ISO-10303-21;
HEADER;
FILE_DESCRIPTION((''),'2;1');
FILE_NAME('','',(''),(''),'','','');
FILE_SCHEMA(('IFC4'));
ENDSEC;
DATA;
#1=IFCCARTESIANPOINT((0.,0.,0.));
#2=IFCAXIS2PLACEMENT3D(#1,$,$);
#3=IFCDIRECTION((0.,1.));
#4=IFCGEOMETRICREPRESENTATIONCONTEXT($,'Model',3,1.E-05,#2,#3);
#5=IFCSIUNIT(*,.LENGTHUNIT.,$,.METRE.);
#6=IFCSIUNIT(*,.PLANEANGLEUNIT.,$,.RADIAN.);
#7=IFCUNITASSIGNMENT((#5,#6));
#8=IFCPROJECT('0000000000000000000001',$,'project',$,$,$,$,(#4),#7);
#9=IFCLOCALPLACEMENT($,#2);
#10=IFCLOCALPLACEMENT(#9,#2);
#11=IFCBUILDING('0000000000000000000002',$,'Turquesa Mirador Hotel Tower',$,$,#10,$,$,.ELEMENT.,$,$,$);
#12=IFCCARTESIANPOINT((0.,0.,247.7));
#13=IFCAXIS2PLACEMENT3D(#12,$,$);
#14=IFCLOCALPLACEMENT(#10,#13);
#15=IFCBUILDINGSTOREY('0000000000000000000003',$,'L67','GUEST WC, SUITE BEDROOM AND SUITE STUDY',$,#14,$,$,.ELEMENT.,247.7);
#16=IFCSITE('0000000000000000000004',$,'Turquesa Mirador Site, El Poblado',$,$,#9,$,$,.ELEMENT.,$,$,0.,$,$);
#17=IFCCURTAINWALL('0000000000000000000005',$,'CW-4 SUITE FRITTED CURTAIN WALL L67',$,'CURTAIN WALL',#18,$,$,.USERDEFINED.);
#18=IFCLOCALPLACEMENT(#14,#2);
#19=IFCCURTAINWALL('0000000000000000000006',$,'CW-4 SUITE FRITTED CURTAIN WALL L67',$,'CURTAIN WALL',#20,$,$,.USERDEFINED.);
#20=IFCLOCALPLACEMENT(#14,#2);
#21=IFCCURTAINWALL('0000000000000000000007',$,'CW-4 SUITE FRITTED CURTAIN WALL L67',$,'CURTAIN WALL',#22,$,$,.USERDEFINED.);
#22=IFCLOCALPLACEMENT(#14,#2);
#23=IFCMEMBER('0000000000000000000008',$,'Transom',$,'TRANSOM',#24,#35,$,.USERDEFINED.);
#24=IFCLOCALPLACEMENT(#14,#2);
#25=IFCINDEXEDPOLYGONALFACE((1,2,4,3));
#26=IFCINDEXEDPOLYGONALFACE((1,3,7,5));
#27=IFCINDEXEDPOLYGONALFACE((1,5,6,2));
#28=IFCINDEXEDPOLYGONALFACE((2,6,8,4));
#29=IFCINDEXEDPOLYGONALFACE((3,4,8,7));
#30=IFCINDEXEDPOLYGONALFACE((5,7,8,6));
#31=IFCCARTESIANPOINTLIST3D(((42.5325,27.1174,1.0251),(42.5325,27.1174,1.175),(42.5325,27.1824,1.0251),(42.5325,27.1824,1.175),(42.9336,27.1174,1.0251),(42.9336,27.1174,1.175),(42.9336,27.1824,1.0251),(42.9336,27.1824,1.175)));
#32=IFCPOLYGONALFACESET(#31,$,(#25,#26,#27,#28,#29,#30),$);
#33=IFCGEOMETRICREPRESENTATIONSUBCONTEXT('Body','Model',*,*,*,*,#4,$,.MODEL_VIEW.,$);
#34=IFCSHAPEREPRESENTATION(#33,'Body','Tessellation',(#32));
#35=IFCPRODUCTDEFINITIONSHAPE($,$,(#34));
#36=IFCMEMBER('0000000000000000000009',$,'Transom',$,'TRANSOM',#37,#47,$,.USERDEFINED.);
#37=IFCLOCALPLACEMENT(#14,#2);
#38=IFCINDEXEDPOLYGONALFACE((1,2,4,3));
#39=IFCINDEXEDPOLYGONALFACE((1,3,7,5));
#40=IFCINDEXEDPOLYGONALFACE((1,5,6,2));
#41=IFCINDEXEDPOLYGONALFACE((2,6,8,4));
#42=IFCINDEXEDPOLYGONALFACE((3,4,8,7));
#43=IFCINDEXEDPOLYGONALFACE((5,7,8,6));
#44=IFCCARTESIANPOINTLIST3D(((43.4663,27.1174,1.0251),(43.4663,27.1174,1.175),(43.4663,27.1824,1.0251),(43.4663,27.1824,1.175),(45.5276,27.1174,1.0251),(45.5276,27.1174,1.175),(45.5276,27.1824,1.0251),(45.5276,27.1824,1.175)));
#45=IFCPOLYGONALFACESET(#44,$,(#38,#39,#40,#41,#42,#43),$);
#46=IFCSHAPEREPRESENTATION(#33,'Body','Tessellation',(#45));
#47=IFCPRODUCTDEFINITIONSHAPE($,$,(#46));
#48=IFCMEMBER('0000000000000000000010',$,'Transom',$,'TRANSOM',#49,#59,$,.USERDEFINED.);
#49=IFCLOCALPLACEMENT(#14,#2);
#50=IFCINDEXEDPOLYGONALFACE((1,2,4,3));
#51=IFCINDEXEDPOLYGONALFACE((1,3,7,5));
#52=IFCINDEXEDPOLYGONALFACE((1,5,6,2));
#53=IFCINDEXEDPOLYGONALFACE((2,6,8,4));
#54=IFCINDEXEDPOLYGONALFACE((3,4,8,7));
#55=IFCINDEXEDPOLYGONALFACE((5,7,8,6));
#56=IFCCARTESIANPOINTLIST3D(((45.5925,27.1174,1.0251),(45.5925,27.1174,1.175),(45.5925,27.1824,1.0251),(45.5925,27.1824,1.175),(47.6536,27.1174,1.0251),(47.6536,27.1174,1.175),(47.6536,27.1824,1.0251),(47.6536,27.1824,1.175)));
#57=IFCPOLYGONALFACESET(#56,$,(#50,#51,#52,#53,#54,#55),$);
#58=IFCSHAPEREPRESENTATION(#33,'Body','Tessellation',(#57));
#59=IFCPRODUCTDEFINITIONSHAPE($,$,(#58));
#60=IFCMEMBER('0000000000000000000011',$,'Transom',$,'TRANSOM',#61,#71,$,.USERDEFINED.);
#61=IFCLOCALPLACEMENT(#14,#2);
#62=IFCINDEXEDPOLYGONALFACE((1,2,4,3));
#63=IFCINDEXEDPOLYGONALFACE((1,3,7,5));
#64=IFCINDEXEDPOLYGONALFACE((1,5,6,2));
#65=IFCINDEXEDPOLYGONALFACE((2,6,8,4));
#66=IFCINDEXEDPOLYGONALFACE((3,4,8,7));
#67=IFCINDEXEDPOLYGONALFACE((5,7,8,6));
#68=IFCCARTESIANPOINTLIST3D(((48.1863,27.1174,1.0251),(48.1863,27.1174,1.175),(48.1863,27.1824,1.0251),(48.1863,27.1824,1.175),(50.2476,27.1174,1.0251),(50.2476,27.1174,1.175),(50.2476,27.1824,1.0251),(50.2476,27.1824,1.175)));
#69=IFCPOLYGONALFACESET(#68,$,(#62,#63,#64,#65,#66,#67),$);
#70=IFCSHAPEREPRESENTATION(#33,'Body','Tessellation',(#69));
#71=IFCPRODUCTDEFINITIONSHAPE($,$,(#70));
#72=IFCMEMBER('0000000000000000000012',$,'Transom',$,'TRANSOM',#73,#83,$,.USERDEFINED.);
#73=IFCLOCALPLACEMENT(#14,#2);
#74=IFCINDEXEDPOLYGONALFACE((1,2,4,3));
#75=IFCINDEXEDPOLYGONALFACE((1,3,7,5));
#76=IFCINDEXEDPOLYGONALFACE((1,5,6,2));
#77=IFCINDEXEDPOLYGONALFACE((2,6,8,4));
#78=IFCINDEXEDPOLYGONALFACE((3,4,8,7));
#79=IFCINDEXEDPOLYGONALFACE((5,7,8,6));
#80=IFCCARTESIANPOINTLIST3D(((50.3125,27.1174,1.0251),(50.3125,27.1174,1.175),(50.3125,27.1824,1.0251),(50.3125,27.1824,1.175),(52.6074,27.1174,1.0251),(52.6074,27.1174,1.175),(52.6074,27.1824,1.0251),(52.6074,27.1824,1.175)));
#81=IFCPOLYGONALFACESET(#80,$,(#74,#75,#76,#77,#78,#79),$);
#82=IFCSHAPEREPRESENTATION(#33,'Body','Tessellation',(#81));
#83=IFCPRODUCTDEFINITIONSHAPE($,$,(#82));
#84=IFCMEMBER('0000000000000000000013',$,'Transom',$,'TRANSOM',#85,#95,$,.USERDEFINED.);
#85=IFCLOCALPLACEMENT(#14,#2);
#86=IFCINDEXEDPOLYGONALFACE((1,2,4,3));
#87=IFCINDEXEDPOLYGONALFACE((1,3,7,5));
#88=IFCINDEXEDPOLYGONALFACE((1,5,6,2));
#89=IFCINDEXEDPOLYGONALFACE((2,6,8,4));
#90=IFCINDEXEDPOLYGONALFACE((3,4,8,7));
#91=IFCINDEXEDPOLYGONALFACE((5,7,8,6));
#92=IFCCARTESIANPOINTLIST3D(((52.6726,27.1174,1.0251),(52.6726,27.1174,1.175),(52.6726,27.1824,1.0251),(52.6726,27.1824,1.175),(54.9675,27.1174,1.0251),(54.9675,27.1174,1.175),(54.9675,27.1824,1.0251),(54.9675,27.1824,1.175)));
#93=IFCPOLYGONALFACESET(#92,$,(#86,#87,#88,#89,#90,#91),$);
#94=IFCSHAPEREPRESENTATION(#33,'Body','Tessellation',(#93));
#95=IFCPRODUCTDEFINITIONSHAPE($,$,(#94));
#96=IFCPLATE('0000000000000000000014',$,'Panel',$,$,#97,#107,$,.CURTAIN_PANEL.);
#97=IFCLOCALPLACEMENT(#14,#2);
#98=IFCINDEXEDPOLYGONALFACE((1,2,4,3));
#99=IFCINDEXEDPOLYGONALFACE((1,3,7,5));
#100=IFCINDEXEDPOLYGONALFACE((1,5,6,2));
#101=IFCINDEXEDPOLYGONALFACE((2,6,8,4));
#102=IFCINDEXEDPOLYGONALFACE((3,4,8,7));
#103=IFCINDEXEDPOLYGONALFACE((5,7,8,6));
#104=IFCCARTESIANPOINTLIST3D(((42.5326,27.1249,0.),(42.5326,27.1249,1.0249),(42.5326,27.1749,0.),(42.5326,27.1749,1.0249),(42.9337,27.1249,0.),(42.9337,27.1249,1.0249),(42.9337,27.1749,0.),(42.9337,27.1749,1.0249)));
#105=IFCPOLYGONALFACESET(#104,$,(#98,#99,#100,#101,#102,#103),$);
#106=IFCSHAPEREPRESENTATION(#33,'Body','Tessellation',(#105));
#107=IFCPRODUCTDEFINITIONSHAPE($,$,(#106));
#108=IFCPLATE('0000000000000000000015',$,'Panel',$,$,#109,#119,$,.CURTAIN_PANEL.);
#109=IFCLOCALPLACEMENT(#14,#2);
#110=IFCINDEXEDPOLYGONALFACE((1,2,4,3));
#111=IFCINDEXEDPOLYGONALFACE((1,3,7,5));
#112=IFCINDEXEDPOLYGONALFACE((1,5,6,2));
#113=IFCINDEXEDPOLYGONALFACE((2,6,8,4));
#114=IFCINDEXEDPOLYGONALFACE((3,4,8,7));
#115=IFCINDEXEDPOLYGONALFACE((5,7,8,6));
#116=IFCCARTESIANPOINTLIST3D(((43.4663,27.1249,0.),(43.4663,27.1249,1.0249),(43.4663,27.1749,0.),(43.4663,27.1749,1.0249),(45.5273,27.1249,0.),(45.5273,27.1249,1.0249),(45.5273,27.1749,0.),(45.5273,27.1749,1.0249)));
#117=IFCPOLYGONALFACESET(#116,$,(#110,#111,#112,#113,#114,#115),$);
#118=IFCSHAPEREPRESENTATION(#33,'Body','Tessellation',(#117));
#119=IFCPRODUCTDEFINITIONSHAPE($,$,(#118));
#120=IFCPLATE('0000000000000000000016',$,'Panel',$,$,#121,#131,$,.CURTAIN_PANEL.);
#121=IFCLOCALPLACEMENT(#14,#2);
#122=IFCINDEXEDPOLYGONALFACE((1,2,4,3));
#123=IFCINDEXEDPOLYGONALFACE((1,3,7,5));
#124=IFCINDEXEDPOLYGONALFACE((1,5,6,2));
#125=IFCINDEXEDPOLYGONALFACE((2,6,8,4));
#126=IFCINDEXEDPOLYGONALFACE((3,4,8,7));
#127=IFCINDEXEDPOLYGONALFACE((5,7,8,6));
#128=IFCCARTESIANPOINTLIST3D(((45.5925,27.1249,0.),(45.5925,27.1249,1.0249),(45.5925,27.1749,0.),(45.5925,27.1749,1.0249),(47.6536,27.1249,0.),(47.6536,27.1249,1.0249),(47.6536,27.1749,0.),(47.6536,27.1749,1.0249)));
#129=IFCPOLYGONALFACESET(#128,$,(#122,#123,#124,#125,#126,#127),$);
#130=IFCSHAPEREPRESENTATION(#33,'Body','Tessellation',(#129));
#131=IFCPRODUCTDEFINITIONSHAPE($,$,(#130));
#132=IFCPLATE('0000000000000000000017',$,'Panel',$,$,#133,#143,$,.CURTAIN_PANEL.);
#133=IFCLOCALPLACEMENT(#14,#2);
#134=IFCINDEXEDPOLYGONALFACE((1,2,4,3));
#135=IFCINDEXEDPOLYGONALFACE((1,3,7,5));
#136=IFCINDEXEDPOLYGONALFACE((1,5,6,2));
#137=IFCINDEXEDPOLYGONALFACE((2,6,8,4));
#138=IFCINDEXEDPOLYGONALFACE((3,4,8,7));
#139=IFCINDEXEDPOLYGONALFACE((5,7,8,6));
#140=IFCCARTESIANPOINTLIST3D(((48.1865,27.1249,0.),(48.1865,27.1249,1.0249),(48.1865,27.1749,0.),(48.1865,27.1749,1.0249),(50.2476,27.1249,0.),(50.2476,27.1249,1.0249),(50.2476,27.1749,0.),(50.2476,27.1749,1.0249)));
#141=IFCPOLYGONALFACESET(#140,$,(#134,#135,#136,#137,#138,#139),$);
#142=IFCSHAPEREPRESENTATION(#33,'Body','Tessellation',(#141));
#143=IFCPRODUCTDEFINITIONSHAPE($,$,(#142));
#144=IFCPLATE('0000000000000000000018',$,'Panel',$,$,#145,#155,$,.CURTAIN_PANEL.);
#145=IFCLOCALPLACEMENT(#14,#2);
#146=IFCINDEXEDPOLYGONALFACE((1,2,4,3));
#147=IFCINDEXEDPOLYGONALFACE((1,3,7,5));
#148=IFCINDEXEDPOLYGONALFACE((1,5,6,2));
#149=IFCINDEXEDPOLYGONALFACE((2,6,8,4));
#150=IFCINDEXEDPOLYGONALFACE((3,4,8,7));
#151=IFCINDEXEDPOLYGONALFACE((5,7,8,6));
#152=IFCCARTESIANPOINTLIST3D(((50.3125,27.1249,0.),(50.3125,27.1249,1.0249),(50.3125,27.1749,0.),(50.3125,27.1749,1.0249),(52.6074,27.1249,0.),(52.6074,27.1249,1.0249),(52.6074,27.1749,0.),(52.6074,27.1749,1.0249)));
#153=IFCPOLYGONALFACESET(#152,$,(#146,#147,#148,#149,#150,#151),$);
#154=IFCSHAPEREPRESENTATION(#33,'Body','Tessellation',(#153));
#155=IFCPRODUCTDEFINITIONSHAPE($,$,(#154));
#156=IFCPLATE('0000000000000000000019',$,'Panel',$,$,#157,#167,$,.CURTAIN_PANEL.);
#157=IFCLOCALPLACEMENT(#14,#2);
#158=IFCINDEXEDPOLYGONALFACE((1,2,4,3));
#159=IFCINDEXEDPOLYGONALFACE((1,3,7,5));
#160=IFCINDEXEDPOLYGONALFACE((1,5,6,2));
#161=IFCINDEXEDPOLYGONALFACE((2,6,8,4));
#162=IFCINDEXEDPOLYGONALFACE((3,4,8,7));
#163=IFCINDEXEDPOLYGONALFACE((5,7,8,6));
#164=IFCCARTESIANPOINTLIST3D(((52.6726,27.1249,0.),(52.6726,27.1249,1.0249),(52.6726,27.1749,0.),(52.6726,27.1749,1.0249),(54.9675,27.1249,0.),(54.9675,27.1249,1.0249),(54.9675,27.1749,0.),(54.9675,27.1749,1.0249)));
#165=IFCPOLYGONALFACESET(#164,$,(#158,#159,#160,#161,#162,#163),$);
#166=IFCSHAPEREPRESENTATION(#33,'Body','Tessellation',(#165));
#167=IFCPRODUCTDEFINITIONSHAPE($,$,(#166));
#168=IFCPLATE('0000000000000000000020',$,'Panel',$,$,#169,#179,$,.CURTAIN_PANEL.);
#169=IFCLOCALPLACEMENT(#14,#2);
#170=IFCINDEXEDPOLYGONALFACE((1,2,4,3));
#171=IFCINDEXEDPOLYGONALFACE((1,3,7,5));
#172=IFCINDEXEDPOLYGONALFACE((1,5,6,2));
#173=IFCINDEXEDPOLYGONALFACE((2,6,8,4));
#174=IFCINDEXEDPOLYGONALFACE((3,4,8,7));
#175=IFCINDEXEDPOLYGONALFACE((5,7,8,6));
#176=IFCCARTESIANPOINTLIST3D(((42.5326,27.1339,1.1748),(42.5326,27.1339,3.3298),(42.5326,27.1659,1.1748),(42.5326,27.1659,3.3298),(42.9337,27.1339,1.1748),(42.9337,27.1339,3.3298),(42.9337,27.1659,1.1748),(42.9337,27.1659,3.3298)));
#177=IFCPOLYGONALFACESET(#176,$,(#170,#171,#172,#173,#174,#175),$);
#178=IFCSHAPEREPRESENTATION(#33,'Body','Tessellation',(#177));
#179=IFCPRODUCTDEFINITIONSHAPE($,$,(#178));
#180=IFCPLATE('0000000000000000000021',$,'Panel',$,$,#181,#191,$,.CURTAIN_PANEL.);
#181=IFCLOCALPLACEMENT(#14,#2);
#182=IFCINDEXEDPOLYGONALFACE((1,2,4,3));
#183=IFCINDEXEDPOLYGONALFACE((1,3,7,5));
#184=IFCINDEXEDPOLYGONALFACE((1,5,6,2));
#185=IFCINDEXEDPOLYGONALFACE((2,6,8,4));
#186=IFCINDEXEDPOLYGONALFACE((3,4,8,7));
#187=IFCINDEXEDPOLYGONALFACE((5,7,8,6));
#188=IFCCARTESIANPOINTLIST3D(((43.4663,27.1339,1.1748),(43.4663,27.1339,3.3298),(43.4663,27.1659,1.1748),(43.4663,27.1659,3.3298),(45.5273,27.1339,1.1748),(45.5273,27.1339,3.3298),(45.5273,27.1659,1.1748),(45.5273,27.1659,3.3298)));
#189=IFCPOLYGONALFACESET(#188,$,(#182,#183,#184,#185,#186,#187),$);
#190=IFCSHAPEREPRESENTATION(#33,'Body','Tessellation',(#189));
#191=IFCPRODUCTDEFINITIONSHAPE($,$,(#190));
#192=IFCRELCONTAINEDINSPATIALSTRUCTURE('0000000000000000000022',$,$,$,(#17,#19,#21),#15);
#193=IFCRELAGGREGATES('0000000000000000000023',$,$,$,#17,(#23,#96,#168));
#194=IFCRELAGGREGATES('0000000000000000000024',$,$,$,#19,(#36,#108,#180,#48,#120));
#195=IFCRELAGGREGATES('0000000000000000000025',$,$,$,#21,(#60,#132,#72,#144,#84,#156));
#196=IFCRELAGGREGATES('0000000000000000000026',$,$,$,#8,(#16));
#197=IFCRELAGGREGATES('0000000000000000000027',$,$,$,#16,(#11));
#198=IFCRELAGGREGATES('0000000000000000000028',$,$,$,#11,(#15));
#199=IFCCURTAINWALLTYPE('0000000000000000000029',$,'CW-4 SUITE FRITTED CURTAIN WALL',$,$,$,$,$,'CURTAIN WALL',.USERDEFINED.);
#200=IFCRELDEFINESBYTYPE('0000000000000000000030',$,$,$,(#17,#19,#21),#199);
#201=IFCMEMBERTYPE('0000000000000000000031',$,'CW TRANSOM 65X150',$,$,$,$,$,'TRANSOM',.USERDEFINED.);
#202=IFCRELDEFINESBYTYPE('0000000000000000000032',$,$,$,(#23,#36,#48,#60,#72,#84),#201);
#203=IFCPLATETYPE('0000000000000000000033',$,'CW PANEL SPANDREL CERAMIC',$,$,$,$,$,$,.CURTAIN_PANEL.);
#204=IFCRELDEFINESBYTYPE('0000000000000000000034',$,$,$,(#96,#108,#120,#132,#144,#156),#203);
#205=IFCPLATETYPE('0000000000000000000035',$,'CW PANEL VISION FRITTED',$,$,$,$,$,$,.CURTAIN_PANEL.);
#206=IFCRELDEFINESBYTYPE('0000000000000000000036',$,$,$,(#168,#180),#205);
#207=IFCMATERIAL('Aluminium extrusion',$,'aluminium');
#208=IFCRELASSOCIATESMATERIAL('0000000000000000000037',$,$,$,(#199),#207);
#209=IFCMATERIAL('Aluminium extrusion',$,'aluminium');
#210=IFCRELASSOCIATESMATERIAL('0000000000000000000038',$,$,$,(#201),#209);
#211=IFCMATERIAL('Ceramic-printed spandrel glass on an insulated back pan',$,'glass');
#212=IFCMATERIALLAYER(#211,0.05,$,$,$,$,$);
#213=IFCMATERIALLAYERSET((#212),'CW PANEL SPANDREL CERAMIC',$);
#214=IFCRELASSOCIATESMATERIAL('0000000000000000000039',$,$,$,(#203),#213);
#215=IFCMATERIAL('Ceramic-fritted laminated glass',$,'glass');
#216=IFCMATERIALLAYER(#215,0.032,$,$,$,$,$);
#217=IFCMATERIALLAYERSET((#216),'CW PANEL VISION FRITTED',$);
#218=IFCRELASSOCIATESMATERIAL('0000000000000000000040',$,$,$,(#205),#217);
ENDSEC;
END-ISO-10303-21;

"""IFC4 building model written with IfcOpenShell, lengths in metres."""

from ifc_helpers import new_model, si_unit, direction, frame, origin, origin_2d, place, context, subcontext, project, spatial, rectangle, extrude, material, layer, layer_set, material_profile, profile_set, type_object, element, aggregate, save


model = new_model("IFC4")

# Units and contexts
model_context = context("Model", 3, precision=1e-05, world=origin(), true_north=direction((0.0, 1.0)))
body_context = subcontext(model_context, "Body", "Model", "MODEL_VIEW")
ifc_project = project(units=[si_unit("LENGTHUNIT", "METRE"), si_unit("PLANEANGLEUNIT", "RADIAN")], contexts=[model_context])

# Site, building, storey
site_placement = place(None, origin())
site = spatial("IfcSite", under=ifc_project, at=site_placement, Name="Turquesa Mirador Site, El Poblado", CompositionType="ELEMENT", RefElevation=0.0)
building_placement = place(site_placement, origin())
building = spatial("IfcBuilding", under=site, at=building_placement, Name="Turquesa Mirador Hotel Tower", CompositionType="ELEMENT")
storey_placement = place(building_placement, frame((0.0, 0.0, 247.7)))
storey = spatial("IfcBuildingStorey", under=building, at=storey_placement, Name="L67", Description="GUEST WC, SUITE BEDROOM AND SUITE STUDY", CompositionType="ELEMENT", Elevation=247.7)

# Curtain walls
ifc_material_1 = material(Name="Aluminium extrusion", Category="aluminium")
curtain_wall_type = type_object("IfcCurtainWallType", Name="CW-4 SUITE FRITTED CURTAIN WALL", ElementType="CURTAIN WALL", PredefinedType="USERDEFINED", material=ifc_material_1)
curtain_wall_1_placement = place(storey_placement, origin())
curtain_wall_1 = element("IfcCurtainWall", 1, at=curtain_wall_1_placement, inside=storey, type_object=curtain_wall_type, Name="CW-4 SUITE FRITTED CURTAIN WALL L67", ObjectType="CURTAIN WALL", PredefinedType="USERDEFINED")
curtain_wall_2_placement = place(storey_placement, origin())
curtain_wall_2 = element("IfcCurtainWall", 2, at=curtain_wall_2_placement, inside=storey, type_object=curtain_wall_type, Name="CW-4 SUITE FRITTED CURTAIN WALL L67", ObjectType="CURTAIN WALL", PredefinedType="USERDEFINED")
curtain_wall_3_placement = place(storey_placement, origin())
curtain_wall_3 = element("IfcCurtainWall", 3, at=curtain_wall_3_placement, inside=storey, type_object=curtain_wall_type, Name="CW-4 SUITE FRITTED CURTAIN WALL L67", ObjectType="CURTAIN WALL", PredefinedType="USERDEFINED")

# Members
ifc_material_2 = material(Name="Aluminium extrusion", Category="aluminium")
ifc_material_profile_1 = material_profile(ifc_material_2, rectangle(XDim=0.0649, YDim=0.1499, at=origin_2d()), Name="TRANSOM 65X150")
ifc_profile_set_1 = profile_set([ifc_material_profile_1], Name="Aluminium extrusion")
member_type_1 = type_object("IfcMemberType", Name="CW TRANSOM 65X150", ElementType="TRANSOM", PredefinedType="USERDEFINED", material=ifc_profile_set_1)
member_1_placement = place(storey_placement, frame((42.5325, 27.1499, 1.1001), z_axis=(1.0, 0.0, 0.0), x_axis=(0.0, 1.0, 0.0)))
member_1 = element("IfcMember", 4, at=member_1_placement, type_object=member_type_1, Name="Transom", ObjectType="TRANSOM", PredefinedType="USERDEFINED", context=body_context, shape_type="SweptSolid", body=[
    extrude(rectangle(XDim=0.0649, YDim=0.1499, at=origin_2d()), origin(), (0.0, 0.0, 1.0), 0.4011),
])
member_2_placement = place(storey_placement, frame((43.4663, 27.1499, 1.1001), z_axis=(1.0, 0.0, 0.0), x_axis=(0.0, 1.0, 0.0)))
member_2 = element("IfcMember", 5, at=member_2_placement, type_object=member_type_1, Name="Transom", ObjectType="TRANSOM", PredefinedType="USERDEFINED", context=body_context, shape_type="SweptSolid", body=[
    extrude(rectangle(XDim=0.0649, YDim=0.1499, at=origin_2d()), origin(), (0.0, 0.0, 1.0), 2.0613),
])
member_3_placement = place(storey_placement, frame((45.5925, 27.1499, 1.1001), z_axis=(1.0, 0.0, 0.0), x_axis=(0.0, 1.0, 0.0)))
member_3 = element("IfcMember", 6, at=member_3_placement, type_object=member_type_1, Name="Transom", ObjectType="TRANSOM", PredefinedType="USERDEFINED", context=body_context, shape_type="SweptSolid", body=[
    extrude(rectangle(XDim=0.0649, YDim=0.1499, at=origin_2d()), origin(), (0.0, 0.0, 1.0), 2.061),
])
member_4_placement = place(storey_placement, frame((48.1863, 27.1499, 1.1001), z_axis=(1.0, 0.0, 0.0), x_axis=(0.0, 1.0, 0.0)))
member_4 = element("IfcMember", 7, at=member_4_placement, type_object=member_type_1, Name="Transom", ObjectType="TRANSOM", PredefinedType="USERDEFINED", context=body_context, shape_type="SweptSolid", body=[
    extrude(rectangle(XDim=0.0649, YDim=0.1499, at=origin_2d()), origin(), (0.0, 0.0, 1.0), 2.0613),
])
member_5_placement = place(storey_placement, frame((50.3125, 27.1499, 1.1001), z_axis=(1.0, 0.0, 0.0), x_axis=(0.0, 1.0, 0.0)))
member_5 = element("IfcMember", 8, at=member_5_placement, type_object=member_type_1, Name="Transom", ObjectType="TRANSOM", PredefinedType="USERDEFINED", context=body_context, shape_type="SweptSolid", body=[
    extrude(rectangle(XDim=0.0649, YDim=0.1499, at=origin_2d()), origin(), (0.0, 0.0, 1.0), 2.2949),
])
member_6_placement = place(storey_placement, frame((52.6726, 27.1499, 1.1001), z_axis=(1.0, 0.0, 0.0), x_axis=(0.0, 1.0, 0.0)))
member_6 = element("IfcMember", 9, at=member_6_placement, type_object=member_type_1, Name="Transom", ObjectType="TRANSOM", PredefinedType="USERDEFINED", context=body_context, shape_type="SweptSolid", body=[
    extrude(rectangle(XDim=0.0649, YDim=0.1499, at=origin_2d()), origin(), (0.0, 0.0, 1.0), 2.2949),
])

# Plates
ifc_material_3 = material(Name="Ceramic-printed spandrel glass on an insulated back pan", Category="glass")
ifc_layer_1 = layer(ifc_material_3, 0.05)
ifc_layer_set_1 = layer_set([ifc_layer_1], Name="CW PANEL SPANDREL CERAMIC")
plate_type_1 = type_object("IfcPlateType", Name="CW PANEL SPANDREL CERAMIC", PredefinedType="CURTAIN_PANEL", material=ifc_layer_set_1)
plate_1_placement = place(storey_placement, frame((42.7332, 27.1499, 0.0), z_axis=(0.0, 0.0, 1.0), x_axis=(1.0, 0.0, 0.0)))
plate_1 = element("IfcPlate", 10, at=plate_1_placement, type_object=plate_type_1, Name="Panel", PredefinedType="CURTAIN_PANEL", context=body_context, shape_type="SweptSolid", body=[
    extrude(rectangle(XDim=0.4011, YDim=0.05, at=origin_2d()), origin(), (0.0, 0.0, 1.0), 1.0249),
])
plate_2_placement = place(storey_placement, frame((44.4968, 27.1499, 0.0), z_axis=(0.0, 0.0, 1.0), x_axis=(1.0, 0.0, 0.0)))
plate_2 = element("IfcPlate", 11, at=plate_2_placement, type_object=plate_type_1, Name="Panel", PredefinedType="CURTAIN_PANEL", context=body_context, shape_type="SweptSolid", body=[
    extrude(rectangle(XDim=2.061, YDim=0.05, at=origin_2d()), origin(), (0.0, 0.0, 1.0), 1.0249),
])
plate_3_placement = place(storey_placement, frame((46.623, 27.1499, 0.0), z_axis=(0.0, 0.0, 1.0), x_axis=(1.0, 0.0, 0.0)))
plate_3 = element("IfcPlate", 12, at=plate_3_placement, type_object=plate_type_1, Name="Panel", PredefinedType="CURTAIN_PANEL", context=body_context, shape_type="SweptSolid", body=[
    extrude(rectangle(XDim=2.061, YDim=0.05, at=origin_2d()), origin(), (0.0, 0.0, 1.0), 1.0249),
])
plate_4_placement = place(storey_placement, frame((49.217, 27.1499, 0.0), z_axis=(0.0, 0.0, 1.0), x_axis=(1.0, 0.0, 0.0)))
plate_4 = element("IfcPlate", 13, at=plate_4_placement, type_object=plate_type_1, Name="Panel", PredefinedType="CURTAIN_PANEL", context=body_context, shape_type="SweptSolid", body=[
    extrude(rectangle(XDim=2.061, YDim=0.05, at=origin_2d()), origin(), (0.0, 0.0, 1.0), 1.0249),
])
plate_5_placement = place(storey_placement, frame((51.46, 27.1499, 0.0), z_axis=(0.0, 0.0, 1.0), x_axis=(1.0, 0.0, 0.0)))
plate_5 = element("IfcPlate", 14, at=plate_5_placement, type_object=plate_type_1, Name="Panel", PredefinedType="CURTAIN_PANEL", context=body_context, shape_type="SweptSolid", body=[
    extrude(rectangle(XDim=2.2949, YDim=0.05, at=origin_2d()), origin(), (0.0, 0.0, 1.0), 1.0249),
])
plate_6_placement = place(storey_placement, frame((53.8201, 27.1499, 0.0), z_axis=(0.0, 0.0, 1.0), x_axis=(1.0, 0.0, 0.0)))
plate_6 = element("IfcPlate", 15, at=plate_6_placement, type_object=plate_type_1, Name="Panel", PredefinedType="CURTAIN_PANEL", context=body_context, shape_type="SweptSolid", body=[
    extrude(rectangle(XDim=2.2949, YDim=0.05, at=origin_2d()), origin(), (0.0, 0.0, 1.0), 1.0249),
])
ifc_material_4 = material(Name="Ceramic-fritted laminated glass", Category="glass")
ifc_layer_2 = layer(ifc_material_4, 0.032)
ifc_layer_set_2 = layer_set([ifc_layer_2], Name="CW PANEL VISION FRITTED")
plate_type_2 = type_object("IfcPlateType", Name="CW PANEL VISION FRITTED", PredefinedType="CURTAIN_PANEL", material=ifc_layer_set_2)
plate_7_placement = place(storey_placement, frame((42.7332, 27.1499, 1.1748), z_axis=(0.0, 0.0, 1.0), x_axis=(1.0, 0.0, 0.0)))
plate_7 = element("IfcPlate", 16, at=plate_7_placement, type_object=plate_type_2, Name="Panel", PredefinedType="CURTAIN_PANEL", context=body_context, shape_type="SweptSolid", body=[
    extrude(rectangle(XDim=0.4011, YDim=0.032, at=origin_2d()), origin(), (0.0, 0.0, 1.0), 2.155),
])
aggregate(curtain_wall_1, [member_1, plate_1, plate_7])
plate_8_placement = place(storey_placement, frame((44.4968, 27.1499, 1.1748), z_axis=(0.0, 0.0, 1.0), x_axis=(1.0, 0.0, 0.0)))
plate_8 = element("IfcPlate", 17, at=plate_8_placement, type_object=plate_type_2, Name="Panel", PredefinedType="CURTAIN_PANEL", context=body_context, shape_type="SweptSolid", body=[
    extrude(rectangle(XDim=2.061, YDim=0.032, at=origin_2d()), origin(), (0.0, 0.0, 1.0), 2.155),
])
aggregate(curtain_wall_2, [member_2, plate_2, plate_8, member_3, plate_3])
aggregate(curtain_wall_3, [member_4, plate_4, member_5, plate_5, member_6, plate_6])

save(model, "model.ifc")
